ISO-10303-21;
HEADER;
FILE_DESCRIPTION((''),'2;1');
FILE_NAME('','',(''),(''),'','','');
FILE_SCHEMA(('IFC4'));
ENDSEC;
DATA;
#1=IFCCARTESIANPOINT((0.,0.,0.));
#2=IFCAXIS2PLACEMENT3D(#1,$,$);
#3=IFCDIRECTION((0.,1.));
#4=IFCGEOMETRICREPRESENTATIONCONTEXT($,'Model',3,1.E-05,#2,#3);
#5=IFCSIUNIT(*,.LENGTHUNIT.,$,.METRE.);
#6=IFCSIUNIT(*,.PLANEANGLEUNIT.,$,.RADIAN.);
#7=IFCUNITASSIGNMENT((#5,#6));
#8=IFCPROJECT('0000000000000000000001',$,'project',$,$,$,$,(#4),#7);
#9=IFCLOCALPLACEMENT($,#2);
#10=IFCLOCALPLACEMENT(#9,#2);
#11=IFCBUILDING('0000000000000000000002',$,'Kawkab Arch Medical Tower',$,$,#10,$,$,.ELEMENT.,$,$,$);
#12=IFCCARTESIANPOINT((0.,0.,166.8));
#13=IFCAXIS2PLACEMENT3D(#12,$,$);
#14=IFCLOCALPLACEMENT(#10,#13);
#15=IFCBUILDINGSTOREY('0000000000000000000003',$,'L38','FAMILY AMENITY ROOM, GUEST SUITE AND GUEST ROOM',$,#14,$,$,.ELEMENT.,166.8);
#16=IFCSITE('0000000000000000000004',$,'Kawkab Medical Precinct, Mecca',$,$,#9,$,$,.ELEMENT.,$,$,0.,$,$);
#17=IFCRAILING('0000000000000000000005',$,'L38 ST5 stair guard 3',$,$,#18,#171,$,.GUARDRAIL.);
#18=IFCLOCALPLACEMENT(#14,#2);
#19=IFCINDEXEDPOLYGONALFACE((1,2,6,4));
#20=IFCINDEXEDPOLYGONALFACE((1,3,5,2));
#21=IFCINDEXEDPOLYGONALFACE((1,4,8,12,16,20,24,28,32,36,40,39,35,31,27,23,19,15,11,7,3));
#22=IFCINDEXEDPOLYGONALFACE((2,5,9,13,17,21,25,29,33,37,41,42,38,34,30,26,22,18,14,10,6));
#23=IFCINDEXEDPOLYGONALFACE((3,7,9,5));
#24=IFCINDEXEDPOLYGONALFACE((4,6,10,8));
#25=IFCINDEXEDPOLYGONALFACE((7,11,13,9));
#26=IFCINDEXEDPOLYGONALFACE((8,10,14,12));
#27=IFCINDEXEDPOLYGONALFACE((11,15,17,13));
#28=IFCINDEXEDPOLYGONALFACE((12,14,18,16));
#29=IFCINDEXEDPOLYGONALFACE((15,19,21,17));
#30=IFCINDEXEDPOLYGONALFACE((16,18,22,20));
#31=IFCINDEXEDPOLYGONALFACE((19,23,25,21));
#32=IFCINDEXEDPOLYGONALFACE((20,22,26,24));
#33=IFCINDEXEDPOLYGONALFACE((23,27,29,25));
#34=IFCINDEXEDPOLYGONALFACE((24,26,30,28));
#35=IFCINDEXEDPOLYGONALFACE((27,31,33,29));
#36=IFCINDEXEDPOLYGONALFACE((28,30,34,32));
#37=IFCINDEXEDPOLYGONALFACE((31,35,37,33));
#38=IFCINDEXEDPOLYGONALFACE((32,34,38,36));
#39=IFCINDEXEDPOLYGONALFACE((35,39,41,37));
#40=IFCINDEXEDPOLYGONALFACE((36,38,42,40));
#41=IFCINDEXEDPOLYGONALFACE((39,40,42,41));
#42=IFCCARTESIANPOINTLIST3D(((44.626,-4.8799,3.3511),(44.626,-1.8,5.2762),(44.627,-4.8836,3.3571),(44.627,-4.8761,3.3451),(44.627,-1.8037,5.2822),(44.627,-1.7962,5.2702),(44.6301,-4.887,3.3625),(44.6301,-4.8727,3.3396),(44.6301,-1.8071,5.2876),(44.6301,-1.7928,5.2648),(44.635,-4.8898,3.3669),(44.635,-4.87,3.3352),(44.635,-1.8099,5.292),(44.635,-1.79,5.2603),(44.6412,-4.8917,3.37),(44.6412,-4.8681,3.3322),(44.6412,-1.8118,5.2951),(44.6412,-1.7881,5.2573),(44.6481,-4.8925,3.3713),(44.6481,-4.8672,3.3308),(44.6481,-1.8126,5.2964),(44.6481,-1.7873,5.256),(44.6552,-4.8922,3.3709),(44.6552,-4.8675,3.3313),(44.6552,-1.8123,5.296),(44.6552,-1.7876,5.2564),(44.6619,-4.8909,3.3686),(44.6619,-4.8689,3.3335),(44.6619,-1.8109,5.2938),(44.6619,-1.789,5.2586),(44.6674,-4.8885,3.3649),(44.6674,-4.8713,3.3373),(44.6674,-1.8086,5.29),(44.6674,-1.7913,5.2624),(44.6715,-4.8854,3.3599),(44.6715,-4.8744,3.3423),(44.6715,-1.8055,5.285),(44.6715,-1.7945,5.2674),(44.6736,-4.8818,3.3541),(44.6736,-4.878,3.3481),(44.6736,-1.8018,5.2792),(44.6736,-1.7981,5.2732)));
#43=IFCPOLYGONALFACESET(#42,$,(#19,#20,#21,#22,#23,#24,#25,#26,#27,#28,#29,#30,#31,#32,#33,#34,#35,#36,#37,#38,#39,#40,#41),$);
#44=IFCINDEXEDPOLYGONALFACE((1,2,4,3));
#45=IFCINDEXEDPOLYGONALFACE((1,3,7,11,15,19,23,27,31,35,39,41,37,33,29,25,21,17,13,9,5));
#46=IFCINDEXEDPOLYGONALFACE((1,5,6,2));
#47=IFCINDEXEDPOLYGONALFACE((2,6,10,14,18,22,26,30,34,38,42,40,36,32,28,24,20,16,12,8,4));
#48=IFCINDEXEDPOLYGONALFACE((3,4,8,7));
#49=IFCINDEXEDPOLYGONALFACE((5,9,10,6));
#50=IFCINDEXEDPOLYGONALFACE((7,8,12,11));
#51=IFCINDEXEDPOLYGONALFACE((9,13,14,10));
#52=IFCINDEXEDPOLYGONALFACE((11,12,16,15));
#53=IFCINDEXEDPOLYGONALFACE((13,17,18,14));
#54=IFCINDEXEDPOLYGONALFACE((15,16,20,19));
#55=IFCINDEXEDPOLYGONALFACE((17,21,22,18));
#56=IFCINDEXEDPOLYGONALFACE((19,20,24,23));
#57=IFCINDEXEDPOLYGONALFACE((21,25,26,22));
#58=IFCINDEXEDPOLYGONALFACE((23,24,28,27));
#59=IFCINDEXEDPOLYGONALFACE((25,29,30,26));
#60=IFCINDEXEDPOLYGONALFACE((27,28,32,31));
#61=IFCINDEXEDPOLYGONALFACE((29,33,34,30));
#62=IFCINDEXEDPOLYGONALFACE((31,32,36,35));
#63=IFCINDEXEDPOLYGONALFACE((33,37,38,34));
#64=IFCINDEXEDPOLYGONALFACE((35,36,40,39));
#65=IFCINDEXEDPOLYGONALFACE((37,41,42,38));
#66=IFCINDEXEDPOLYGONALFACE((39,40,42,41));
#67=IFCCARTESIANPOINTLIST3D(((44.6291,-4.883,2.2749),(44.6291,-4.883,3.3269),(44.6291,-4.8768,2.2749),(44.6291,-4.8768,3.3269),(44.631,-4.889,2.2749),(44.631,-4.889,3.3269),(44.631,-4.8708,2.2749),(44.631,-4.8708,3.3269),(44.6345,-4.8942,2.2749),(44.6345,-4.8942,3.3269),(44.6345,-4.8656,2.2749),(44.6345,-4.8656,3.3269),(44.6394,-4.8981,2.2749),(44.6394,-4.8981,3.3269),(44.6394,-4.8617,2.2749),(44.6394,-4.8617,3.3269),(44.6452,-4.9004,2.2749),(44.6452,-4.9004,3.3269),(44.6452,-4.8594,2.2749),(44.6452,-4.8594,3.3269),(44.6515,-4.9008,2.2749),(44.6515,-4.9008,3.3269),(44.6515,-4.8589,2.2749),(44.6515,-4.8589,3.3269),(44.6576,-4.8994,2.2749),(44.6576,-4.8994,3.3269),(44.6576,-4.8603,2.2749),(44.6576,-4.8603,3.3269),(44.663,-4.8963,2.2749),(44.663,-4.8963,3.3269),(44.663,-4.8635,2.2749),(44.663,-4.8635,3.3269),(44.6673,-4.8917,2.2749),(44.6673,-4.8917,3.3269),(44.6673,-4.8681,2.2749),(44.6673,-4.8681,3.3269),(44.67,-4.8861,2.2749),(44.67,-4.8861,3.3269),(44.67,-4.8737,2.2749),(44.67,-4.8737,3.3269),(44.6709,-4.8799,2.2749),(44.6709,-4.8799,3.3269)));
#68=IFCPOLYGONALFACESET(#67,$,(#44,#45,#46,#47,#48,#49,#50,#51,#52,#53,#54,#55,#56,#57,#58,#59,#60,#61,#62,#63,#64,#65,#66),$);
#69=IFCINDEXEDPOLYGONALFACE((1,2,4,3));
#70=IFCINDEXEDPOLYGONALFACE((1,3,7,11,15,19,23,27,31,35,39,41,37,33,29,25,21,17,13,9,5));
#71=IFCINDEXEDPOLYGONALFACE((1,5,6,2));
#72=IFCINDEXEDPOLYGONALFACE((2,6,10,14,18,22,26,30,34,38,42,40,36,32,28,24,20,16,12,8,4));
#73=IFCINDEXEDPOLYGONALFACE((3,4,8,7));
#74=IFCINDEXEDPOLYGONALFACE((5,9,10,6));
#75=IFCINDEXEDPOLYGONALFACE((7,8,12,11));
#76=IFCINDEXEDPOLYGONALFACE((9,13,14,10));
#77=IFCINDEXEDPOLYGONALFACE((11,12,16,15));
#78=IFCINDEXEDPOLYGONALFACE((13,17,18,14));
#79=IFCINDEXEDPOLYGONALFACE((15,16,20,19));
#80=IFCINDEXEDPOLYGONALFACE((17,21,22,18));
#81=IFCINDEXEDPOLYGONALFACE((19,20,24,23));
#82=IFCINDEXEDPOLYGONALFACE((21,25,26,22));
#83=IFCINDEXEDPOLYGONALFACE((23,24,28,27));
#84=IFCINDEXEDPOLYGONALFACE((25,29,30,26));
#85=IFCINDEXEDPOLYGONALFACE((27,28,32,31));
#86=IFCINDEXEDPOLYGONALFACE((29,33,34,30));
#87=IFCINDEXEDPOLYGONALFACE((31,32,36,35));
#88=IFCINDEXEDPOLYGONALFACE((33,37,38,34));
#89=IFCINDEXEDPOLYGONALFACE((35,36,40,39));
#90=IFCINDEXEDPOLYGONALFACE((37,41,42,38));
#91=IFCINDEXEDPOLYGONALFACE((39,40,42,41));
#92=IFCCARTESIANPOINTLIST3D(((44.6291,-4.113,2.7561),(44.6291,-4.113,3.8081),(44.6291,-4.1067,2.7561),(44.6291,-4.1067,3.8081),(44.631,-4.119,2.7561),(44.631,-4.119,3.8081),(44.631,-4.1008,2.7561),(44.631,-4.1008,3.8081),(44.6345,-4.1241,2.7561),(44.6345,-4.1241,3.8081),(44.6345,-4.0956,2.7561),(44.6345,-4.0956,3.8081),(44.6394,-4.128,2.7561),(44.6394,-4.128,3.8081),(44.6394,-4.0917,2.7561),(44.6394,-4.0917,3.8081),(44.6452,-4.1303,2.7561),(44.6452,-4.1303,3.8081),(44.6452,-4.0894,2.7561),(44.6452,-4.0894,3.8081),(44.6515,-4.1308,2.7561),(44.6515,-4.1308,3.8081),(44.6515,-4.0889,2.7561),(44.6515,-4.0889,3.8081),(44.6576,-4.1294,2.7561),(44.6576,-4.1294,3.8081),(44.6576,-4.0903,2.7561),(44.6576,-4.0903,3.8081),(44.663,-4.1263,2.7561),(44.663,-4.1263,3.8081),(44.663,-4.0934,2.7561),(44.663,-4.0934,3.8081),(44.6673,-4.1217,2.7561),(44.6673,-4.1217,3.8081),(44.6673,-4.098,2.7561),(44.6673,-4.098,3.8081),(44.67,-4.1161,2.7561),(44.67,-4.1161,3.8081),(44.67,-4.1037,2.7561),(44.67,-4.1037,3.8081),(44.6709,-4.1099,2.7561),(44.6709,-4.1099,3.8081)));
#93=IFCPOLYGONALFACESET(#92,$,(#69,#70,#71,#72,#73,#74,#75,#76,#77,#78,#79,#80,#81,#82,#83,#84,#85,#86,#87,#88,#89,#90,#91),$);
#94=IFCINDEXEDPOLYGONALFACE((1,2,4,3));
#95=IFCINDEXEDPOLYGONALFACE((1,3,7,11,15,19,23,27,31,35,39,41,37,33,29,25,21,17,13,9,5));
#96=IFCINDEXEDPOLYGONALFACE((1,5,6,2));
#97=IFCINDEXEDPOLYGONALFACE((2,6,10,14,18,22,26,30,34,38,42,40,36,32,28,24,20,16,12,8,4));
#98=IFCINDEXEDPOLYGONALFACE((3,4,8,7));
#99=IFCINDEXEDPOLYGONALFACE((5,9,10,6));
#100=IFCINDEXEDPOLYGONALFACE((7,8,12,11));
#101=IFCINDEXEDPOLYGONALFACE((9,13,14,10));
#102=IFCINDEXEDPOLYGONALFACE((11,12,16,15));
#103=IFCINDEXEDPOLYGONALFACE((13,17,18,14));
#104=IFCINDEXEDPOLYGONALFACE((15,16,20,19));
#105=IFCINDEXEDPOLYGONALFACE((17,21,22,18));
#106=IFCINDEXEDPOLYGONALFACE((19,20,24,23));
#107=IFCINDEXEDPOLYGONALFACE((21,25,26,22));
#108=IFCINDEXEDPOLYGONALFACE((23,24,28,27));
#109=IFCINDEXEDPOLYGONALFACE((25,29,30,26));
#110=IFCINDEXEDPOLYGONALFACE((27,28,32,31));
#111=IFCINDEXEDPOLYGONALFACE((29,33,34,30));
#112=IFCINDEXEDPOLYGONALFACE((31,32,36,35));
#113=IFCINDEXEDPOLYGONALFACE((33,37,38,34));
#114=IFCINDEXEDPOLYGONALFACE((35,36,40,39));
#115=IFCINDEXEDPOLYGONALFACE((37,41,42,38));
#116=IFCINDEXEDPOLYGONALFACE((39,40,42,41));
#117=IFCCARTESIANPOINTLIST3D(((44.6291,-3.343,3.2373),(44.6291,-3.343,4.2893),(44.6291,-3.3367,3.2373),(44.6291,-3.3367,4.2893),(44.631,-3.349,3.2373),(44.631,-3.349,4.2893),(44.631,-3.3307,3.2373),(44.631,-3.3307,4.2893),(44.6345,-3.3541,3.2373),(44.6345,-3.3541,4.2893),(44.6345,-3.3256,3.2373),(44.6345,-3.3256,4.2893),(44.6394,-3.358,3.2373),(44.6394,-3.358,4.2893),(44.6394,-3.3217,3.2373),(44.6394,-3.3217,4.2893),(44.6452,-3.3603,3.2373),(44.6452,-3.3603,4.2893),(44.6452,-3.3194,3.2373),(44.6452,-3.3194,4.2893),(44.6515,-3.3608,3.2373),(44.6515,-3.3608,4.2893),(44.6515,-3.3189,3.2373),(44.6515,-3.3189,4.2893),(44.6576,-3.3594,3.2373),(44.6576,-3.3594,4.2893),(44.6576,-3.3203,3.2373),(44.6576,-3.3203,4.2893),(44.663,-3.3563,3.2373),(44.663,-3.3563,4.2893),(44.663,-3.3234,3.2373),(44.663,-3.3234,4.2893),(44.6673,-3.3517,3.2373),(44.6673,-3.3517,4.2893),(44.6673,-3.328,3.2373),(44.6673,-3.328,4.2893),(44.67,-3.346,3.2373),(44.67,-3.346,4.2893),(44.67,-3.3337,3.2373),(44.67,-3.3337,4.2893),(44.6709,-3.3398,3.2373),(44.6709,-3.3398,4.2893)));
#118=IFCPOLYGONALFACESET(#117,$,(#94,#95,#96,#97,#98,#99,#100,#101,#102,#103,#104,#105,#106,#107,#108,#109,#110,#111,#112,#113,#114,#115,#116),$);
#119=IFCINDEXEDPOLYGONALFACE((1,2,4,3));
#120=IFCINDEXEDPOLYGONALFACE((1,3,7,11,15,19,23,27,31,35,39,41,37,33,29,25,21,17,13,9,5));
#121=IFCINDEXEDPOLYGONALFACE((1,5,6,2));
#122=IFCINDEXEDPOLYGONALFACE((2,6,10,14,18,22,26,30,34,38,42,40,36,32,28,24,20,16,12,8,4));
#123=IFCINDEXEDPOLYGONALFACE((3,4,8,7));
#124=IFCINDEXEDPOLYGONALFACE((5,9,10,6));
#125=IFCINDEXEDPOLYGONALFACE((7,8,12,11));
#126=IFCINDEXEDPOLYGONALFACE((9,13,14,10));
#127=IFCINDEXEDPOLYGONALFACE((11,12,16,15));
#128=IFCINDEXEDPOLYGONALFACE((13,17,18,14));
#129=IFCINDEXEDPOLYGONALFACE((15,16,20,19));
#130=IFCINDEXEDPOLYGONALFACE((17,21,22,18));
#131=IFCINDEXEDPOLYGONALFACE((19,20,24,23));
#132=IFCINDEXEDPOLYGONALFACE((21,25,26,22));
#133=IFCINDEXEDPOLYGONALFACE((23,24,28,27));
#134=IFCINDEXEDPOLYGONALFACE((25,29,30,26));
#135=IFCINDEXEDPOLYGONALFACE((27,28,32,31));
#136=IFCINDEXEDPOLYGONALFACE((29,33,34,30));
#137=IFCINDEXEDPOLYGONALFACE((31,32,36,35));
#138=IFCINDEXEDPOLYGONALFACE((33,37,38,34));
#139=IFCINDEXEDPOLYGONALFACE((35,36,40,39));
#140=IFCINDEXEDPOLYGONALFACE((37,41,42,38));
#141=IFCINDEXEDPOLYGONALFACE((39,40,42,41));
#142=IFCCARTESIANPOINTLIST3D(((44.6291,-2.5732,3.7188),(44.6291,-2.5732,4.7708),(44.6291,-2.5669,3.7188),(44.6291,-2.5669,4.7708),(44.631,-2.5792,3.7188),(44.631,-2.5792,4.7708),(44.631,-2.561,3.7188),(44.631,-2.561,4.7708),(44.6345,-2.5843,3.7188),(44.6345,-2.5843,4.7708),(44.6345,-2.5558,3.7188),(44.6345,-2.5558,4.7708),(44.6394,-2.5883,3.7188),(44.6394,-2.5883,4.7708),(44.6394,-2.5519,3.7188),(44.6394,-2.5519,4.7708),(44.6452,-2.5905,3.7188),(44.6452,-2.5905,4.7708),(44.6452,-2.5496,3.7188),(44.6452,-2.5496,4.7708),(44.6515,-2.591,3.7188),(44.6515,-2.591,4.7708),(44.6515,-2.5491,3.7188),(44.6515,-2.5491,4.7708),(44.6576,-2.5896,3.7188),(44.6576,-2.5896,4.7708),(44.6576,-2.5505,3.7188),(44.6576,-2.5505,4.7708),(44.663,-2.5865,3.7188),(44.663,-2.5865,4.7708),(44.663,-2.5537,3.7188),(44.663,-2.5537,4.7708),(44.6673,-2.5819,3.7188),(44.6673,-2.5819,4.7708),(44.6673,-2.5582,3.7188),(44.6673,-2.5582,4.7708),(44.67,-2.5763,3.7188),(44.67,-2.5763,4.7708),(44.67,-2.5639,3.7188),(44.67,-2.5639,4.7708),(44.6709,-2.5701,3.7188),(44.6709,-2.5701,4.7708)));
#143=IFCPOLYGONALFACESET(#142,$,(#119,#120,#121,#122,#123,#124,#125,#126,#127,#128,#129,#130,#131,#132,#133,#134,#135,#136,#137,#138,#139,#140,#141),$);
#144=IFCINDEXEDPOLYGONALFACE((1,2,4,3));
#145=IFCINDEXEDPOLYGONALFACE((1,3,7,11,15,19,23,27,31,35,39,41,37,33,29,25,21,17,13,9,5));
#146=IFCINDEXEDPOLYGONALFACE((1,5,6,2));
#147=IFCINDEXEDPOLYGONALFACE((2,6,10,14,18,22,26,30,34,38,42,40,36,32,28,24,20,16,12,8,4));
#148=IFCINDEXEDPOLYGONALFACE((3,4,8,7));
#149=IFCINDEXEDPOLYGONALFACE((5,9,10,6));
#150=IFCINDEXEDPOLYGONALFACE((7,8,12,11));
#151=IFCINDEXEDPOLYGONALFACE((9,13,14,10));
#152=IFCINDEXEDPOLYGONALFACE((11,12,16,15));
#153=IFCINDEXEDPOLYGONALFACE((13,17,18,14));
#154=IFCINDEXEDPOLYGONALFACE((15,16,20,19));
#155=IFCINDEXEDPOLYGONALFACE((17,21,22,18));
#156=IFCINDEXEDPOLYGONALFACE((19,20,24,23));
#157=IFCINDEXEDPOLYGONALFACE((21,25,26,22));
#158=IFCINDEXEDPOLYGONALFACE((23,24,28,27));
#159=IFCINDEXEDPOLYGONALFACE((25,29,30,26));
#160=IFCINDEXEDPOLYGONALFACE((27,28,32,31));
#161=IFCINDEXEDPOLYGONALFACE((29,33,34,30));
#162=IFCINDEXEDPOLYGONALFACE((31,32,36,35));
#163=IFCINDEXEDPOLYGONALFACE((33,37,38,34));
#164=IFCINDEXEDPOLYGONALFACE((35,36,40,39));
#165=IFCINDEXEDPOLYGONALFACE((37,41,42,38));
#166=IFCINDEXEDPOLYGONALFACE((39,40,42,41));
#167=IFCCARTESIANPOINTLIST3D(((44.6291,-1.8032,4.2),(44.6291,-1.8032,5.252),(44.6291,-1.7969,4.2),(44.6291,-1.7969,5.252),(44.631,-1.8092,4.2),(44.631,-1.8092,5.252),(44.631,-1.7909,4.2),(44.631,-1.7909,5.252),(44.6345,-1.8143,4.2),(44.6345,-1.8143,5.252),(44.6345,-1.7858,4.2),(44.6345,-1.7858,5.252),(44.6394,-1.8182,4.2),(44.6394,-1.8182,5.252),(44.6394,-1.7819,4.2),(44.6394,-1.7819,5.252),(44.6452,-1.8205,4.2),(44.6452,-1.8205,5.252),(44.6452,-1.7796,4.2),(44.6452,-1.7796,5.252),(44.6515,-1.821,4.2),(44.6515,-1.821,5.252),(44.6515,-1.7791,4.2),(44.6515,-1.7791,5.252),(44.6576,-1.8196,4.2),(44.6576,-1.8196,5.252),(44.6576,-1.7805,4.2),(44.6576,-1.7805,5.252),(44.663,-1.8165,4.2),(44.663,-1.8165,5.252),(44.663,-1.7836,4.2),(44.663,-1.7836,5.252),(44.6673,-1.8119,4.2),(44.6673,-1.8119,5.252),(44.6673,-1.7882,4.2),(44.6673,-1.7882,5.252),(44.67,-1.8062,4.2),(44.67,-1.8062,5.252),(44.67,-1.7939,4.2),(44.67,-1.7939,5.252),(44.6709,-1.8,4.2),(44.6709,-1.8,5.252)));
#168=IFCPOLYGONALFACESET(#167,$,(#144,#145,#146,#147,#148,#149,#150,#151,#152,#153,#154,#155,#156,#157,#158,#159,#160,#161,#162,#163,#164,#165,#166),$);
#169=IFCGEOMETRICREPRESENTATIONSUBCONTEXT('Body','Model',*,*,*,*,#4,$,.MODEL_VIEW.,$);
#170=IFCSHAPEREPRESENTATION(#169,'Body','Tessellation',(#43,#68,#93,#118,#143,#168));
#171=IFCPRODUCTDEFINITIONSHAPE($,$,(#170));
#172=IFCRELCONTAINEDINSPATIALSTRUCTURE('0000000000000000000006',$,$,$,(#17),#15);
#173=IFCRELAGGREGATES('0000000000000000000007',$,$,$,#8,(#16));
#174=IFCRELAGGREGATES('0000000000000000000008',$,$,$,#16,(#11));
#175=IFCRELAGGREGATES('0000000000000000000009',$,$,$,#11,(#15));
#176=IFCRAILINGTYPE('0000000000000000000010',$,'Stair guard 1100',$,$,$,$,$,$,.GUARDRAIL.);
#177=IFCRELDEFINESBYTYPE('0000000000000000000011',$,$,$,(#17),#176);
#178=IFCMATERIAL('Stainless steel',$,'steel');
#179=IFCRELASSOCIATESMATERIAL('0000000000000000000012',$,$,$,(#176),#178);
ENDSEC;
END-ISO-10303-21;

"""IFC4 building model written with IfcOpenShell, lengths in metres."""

from ifc_helpers import new_model, si_unit, direction, frame, origin, origin_2d, place, context, subcontext, project, spatial, circle, extrude, material, type_object, element, save


model = new_model("IFC4")

# Units and contexts
model_context = context("Model", 3, precision=1e-05, world=origin(), true_north=direction((0.0, 1.0)))
body_context = subcontext(model_context, "Body", "Model", "MODEL_VIEW")
ifc_project = project(units=[si_unit("LENGTHUNIT", "METRE"), si_unit("PLANEANGLEUNIT", "RADIAN")], contexts=[model_context])

# Site, building, storey
site_placement = place(None, origin())
site = spatial("IfcSite", under=ifc_project, at=site_placement, Name="Kawkab Medical Precinct, Mecca", CompositionType="ELEMENT", RefElevation=0.0)
building_placement = place(site_placement, origin())
building = spatial("IfcBuilding", under=site, at=building_placement, Name="Kawkab Arch Medical Tower", CompositionType="ELEMENT")
storey_placement = place(building_placement, frame((0.0, 0.0, 166.8)))
storey = spatial("IfcBuildingStorey", under=building, at=storey_placement, Name="L38", Description="FAMILY AMENITY ROOM, GUEST SUITE AND GUEST ROOM", CompositionType="ELEMENT", Elevation=166.8)

# Railing
ifc_material_1 = material(Name="Stainless steel", Category="steel")
railing_type = type_object("IfcRailingType", Name="Stair guard 1100", PredefinedType="GUARDRAIL", material=ifc_material_1)
railing_1_placement = place(storey_placement, frame((44.6499, -4.8799, 2.2749)))
element("IfcRailing", 1, at=railing_1_placement, inside=storey, type_object=railing_type, Name="L38 ST5 stair guard 3", PredefinedType="GUARDRAIL", context=body_context, shape_type="SweptSolid", body=[
    extrude(circle(Radius=0.0239, at=origin_2d()), frame((0.0, 0.0, 1.0762), z_axis=(0.0, 0.847979, 0.530029), x_axis=(-1.0, 0.0, 0.0)), (0.0, 0.0, 1.0), 3.6321),
    extrude(circle(Radius=0.021, at=origin_2d()), origin(), (0.0, 0.0, 1.0), 1.052),
    extrude(circle(Radius=0.021, at=origin_2d()), frame((0.0, 0.77, 0.4812)), (0.0, 0.0, 1.0), 1.052),
    extrude(circle(Radius=0.021, at=origin_2d()), frame((0.0, 1.54, 0.9624)), (0.0, 0.0, 1.0), 1.052),
    extrude(circle(Radius=0.021, at=origin_2d()), frame((0.0, 2.3098, 1.4438)), (0.0, 0.0, 1.0), 1.052),
    extrude(circle(Radius=0.021, at=origin_2d()), frame((0.0, 3.0798, 1.925)), (0.0, 0.0, 1.0), 1.052),
])

save(model, "model.ifc")
